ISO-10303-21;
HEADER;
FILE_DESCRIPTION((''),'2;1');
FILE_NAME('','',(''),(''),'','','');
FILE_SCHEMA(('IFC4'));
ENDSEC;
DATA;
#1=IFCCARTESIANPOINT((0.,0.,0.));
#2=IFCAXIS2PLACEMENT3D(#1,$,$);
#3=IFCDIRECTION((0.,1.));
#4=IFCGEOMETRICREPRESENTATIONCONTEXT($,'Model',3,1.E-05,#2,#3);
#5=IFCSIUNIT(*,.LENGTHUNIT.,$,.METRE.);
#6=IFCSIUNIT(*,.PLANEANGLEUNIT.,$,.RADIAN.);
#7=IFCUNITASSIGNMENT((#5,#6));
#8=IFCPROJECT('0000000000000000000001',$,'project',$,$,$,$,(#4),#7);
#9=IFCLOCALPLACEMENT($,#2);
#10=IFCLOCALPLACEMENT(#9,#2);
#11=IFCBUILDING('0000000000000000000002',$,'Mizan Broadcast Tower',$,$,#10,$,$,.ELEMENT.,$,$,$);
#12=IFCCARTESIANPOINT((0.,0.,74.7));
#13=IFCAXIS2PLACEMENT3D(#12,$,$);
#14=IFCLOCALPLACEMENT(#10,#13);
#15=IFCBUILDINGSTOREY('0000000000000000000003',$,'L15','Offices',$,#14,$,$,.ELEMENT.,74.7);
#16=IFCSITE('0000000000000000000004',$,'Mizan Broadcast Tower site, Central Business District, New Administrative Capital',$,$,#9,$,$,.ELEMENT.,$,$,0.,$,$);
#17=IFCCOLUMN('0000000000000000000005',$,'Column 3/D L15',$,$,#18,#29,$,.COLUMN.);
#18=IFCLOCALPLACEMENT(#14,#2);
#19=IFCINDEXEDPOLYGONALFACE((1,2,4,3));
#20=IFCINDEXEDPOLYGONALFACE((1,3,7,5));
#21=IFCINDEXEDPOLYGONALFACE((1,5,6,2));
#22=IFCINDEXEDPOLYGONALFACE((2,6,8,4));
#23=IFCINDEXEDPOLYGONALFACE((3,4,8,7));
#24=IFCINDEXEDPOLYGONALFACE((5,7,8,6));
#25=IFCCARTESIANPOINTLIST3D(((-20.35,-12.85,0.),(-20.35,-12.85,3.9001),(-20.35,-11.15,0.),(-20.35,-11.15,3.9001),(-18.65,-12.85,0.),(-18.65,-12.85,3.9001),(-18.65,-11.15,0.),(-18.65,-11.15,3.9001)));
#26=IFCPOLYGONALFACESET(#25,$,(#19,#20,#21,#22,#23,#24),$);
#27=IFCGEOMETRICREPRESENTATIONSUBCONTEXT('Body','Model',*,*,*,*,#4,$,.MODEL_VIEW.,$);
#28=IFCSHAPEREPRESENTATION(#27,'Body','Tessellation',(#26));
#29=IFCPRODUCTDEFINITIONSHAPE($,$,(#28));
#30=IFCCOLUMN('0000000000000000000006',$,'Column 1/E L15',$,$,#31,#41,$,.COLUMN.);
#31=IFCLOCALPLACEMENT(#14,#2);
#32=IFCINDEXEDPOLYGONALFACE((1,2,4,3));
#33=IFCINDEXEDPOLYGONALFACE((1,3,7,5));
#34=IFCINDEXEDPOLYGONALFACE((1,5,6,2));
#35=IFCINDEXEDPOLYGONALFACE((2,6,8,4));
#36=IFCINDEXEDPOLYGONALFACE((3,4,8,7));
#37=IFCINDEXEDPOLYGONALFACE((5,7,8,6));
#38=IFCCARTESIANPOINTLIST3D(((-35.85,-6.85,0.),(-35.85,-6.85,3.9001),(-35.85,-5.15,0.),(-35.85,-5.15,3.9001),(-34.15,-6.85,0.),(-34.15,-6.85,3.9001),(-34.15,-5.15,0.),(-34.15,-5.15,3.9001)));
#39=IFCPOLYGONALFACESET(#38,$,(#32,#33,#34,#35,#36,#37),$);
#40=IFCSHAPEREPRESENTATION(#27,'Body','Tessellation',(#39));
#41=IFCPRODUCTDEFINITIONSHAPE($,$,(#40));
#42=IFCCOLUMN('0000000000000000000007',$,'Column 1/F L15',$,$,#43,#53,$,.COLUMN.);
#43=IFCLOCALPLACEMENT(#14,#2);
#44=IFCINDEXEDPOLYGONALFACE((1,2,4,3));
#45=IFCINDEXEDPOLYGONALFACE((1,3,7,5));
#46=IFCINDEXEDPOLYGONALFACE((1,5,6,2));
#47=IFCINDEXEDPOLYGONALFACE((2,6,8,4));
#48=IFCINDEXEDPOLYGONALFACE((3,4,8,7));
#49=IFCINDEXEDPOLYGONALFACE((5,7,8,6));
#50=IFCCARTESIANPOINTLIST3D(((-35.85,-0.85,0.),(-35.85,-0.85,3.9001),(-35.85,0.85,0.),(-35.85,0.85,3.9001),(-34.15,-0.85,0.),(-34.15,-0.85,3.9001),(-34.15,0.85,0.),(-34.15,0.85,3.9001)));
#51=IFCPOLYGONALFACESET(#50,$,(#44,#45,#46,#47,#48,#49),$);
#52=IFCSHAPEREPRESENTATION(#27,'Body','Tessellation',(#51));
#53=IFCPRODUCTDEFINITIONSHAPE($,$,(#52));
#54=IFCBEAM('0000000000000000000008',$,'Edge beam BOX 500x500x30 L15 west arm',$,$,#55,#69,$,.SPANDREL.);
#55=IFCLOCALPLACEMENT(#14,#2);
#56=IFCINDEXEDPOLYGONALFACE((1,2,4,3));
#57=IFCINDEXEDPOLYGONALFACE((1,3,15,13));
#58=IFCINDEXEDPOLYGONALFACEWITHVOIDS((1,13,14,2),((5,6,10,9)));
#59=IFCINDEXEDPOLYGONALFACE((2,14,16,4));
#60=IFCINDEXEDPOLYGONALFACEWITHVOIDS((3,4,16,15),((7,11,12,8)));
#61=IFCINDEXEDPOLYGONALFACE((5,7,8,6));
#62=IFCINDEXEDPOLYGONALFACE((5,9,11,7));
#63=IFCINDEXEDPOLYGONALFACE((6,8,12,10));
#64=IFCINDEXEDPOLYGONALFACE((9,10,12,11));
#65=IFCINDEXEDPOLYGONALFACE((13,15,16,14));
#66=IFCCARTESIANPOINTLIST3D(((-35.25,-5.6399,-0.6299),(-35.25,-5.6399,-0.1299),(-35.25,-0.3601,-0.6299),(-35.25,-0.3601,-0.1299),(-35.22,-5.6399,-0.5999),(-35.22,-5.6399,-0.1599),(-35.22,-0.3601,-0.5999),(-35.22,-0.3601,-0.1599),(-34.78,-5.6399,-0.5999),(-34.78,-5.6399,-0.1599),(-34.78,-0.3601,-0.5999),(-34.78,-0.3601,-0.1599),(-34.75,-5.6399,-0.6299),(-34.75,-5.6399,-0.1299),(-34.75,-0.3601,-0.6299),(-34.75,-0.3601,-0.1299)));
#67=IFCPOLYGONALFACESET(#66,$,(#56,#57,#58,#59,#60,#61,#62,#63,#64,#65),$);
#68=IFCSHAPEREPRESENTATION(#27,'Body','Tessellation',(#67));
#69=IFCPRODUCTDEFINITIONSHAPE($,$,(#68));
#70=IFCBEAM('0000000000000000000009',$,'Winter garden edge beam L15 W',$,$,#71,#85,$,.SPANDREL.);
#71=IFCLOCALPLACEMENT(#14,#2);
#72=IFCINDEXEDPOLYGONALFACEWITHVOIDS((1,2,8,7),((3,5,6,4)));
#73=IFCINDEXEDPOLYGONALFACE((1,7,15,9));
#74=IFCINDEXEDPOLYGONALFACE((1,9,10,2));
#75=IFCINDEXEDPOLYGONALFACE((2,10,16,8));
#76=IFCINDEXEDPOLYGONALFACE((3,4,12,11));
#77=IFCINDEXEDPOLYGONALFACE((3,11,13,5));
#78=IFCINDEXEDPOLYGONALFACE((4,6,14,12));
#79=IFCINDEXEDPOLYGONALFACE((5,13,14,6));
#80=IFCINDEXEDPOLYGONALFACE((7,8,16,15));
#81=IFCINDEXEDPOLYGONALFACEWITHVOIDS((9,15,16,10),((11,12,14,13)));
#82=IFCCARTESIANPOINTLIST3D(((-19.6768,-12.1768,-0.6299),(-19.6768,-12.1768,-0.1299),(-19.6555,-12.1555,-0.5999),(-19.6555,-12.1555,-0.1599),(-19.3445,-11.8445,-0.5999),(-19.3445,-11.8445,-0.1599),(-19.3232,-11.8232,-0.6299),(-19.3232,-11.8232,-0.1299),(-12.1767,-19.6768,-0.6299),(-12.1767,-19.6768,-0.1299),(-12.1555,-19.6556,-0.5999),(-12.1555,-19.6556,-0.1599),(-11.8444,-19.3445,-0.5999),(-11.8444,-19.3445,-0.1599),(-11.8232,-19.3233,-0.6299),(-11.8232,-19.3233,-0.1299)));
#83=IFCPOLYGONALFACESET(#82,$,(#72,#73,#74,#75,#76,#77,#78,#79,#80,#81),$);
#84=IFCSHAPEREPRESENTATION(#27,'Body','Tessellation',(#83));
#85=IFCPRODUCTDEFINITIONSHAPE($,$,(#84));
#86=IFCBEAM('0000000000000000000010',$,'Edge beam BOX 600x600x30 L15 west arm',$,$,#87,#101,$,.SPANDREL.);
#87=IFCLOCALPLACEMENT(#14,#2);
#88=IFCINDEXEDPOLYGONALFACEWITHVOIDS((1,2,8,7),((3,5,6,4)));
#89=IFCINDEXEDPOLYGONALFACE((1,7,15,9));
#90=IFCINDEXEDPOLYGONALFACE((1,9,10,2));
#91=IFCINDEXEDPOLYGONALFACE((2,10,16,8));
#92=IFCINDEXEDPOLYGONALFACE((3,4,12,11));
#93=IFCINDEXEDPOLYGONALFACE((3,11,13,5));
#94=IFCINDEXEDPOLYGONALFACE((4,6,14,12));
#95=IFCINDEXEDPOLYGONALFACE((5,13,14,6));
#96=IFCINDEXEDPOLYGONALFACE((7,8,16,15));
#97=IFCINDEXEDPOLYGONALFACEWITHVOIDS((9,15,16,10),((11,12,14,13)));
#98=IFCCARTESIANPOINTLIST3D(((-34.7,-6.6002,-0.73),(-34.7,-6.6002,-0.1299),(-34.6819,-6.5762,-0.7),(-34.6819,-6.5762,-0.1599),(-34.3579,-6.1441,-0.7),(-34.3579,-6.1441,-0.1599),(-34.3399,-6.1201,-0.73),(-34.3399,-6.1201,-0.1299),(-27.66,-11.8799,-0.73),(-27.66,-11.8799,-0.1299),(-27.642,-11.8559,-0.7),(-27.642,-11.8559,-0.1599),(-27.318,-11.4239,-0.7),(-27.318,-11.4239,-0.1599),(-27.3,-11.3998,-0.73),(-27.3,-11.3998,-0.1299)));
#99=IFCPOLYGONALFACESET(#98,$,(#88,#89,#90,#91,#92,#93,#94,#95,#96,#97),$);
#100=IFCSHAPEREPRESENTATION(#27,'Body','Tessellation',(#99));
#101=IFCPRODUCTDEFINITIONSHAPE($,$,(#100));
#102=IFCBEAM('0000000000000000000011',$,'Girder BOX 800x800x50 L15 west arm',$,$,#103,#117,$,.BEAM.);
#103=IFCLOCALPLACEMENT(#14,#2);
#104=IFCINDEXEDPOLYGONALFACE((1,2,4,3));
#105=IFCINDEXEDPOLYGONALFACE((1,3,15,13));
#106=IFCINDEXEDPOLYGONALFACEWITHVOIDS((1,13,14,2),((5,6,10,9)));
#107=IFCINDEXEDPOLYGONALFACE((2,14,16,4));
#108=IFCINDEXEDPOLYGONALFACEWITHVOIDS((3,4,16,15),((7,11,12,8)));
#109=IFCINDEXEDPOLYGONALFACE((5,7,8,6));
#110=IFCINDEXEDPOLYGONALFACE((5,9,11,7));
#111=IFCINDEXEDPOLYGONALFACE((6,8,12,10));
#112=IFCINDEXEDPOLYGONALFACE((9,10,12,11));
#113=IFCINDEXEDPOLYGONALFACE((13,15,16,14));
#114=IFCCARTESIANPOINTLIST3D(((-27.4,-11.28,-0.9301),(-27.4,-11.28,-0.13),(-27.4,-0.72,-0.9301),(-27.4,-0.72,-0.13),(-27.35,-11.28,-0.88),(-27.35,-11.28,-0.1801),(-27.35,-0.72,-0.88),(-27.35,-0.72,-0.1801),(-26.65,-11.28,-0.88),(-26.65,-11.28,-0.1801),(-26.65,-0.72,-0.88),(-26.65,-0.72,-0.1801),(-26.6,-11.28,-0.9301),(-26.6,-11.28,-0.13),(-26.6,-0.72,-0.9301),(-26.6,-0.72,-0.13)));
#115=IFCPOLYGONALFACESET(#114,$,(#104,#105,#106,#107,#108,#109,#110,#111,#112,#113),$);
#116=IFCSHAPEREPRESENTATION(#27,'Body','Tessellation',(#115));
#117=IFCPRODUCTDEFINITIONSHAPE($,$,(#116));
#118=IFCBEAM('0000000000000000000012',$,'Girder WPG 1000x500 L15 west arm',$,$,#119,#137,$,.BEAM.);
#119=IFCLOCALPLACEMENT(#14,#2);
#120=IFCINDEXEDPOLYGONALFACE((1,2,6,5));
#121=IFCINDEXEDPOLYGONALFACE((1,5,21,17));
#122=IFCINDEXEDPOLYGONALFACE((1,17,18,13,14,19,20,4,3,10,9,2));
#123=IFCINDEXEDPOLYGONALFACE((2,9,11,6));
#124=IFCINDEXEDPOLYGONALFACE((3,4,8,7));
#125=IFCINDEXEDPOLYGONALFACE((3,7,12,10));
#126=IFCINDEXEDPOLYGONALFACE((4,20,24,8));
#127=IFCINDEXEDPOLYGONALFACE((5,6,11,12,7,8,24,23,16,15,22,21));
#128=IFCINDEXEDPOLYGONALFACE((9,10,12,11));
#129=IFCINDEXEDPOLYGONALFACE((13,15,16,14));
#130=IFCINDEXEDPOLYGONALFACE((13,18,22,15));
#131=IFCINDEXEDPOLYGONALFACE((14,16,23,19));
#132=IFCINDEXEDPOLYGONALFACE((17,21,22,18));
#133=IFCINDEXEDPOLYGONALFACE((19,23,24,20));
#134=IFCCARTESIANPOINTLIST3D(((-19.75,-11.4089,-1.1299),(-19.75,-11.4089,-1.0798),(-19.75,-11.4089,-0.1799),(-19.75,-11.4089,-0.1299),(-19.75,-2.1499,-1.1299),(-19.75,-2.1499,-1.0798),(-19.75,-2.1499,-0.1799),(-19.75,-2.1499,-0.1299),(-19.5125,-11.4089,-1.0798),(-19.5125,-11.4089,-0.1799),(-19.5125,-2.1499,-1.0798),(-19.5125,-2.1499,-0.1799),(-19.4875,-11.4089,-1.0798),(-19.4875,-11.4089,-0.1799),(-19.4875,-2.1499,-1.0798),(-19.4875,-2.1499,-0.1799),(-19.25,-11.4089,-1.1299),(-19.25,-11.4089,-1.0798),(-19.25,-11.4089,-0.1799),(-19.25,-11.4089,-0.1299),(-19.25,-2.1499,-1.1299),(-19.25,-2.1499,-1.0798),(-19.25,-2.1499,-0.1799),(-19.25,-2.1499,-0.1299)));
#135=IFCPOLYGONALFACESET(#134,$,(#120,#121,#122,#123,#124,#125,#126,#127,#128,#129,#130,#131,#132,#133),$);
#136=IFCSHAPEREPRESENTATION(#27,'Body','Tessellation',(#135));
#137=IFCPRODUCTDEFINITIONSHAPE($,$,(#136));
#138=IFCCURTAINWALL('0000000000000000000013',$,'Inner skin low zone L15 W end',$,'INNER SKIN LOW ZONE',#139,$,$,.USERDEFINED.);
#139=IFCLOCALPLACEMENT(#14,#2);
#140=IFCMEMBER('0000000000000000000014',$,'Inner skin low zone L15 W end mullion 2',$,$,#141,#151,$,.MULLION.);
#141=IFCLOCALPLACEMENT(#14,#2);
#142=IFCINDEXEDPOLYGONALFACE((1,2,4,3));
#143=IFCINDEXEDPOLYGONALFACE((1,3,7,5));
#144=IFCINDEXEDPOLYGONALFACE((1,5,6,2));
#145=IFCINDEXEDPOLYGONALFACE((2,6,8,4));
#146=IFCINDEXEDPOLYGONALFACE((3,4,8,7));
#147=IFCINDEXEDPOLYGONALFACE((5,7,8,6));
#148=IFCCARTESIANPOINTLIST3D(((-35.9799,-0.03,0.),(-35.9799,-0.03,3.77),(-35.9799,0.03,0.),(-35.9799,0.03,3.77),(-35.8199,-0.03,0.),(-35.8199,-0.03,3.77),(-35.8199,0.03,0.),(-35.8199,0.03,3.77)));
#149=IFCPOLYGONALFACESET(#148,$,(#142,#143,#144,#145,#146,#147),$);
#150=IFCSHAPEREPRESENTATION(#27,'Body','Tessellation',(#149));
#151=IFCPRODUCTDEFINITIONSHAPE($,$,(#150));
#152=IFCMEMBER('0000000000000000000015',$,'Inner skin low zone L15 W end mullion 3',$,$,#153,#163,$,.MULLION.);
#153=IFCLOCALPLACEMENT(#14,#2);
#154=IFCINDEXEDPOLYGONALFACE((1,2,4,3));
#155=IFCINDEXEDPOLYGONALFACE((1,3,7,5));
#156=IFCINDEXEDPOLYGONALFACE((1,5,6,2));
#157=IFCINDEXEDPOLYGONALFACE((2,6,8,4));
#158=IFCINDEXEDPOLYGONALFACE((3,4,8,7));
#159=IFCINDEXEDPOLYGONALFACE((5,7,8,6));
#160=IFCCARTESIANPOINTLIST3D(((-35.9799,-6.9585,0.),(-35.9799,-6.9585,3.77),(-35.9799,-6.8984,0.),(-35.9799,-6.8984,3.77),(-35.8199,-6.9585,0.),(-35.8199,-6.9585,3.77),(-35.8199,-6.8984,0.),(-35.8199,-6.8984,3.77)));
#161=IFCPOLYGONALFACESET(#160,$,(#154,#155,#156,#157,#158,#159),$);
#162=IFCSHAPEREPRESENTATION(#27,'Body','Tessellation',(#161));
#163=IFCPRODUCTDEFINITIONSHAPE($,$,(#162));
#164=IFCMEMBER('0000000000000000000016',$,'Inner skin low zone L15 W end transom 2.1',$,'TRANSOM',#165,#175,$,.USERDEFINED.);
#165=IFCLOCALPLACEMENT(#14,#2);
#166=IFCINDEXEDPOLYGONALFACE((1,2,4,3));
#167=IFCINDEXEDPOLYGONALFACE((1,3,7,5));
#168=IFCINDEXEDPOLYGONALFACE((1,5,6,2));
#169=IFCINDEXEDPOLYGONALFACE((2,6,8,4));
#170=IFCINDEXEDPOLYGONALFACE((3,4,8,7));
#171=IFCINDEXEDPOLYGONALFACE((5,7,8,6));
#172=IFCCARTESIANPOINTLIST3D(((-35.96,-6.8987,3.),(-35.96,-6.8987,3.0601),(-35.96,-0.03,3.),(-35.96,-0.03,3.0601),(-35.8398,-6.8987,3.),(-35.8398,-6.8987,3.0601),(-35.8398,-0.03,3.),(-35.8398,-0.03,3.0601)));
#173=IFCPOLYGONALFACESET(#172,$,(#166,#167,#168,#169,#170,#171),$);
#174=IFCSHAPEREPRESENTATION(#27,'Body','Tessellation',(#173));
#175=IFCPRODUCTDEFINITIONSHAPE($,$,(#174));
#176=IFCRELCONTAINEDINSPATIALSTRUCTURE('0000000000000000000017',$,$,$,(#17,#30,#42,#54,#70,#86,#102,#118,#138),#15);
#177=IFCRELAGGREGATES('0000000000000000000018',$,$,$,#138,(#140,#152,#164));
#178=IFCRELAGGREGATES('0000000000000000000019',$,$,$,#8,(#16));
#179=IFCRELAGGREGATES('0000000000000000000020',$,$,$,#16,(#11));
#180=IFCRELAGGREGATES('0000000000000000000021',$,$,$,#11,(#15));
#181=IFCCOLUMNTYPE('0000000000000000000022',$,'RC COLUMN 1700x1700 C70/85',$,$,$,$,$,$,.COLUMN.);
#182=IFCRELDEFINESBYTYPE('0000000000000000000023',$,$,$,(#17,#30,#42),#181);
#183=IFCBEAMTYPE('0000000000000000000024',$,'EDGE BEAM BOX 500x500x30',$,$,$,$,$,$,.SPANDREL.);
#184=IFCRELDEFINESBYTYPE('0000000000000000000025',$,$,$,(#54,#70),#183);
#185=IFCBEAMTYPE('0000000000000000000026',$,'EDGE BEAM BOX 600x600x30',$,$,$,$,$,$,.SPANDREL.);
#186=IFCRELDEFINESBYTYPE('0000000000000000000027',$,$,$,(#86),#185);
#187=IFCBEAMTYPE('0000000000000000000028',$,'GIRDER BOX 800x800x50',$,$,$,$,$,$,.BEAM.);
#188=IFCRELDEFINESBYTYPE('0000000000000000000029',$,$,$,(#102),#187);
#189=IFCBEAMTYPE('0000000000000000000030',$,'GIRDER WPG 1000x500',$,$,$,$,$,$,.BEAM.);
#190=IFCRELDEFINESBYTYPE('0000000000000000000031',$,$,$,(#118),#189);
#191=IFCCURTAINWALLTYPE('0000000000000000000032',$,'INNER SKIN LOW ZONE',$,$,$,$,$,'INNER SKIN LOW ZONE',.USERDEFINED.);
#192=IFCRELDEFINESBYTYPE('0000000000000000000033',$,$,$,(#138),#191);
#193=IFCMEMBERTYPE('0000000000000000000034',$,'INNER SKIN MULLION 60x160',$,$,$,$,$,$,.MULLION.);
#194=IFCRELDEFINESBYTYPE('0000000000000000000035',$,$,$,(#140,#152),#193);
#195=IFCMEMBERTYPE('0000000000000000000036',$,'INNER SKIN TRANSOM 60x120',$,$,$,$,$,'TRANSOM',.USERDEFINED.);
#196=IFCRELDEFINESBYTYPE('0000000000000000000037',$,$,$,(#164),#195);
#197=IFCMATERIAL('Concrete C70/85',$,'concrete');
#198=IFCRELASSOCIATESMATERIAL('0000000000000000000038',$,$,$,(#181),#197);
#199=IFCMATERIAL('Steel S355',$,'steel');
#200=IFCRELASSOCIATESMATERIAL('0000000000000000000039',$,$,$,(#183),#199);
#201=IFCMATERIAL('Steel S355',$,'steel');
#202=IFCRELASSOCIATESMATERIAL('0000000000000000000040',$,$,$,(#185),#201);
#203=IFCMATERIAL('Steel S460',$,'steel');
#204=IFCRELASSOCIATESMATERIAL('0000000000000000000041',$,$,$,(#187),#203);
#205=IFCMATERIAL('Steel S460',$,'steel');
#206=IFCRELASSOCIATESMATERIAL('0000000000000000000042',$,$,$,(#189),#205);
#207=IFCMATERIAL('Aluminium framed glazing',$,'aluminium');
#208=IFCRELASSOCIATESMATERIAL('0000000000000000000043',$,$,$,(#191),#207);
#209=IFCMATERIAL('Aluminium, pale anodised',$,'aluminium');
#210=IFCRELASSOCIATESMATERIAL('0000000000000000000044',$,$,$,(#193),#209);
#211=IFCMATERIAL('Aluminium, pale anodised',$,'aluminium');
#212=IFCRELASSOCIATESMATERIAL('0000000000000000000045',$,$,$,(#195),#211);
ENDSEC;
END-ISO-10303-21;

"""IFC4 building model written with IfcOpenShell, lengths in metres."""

from ifc_helpers import new_model, si_unit, direction, frame, origin, origin_2d, place, context, subcontext, project, spatial, rectangle, hollow_rectangle, i_section, extrude, material, material_profile, profile_set, type_object, element, aggregate, save


model = new_model("IFC4")

# Units and contexts
model_context = context("Model", 3, precision=1e-05, world=origin(), true_north=direction((0.0, 1.0)))
body_context = subcontext(model_context, "Body", "Model", "MODEL_VIEW")
ifc_project = project(units=[si_unit("LENGTHUNIT", "METRE"), si_unit("PLANEANGLEUNIT", "RADIAN")], contexts=[model_context])

# Site, building, storey
site_placement = place(None, origin())
site = spatial("IfcSite", under=ifc_project, at=site_placement, Name="Mizan Broadcast Tower site, Central Business District, New Administrative Capital", CompositionType="ELEMENT", RefElevation=0.0)
building_placement = place(site_placement, origin())
building = spatial("IfcBuilding", under=site, at=building_placement, Name="Mizan Broadcast Tower", CompositionType="ELEMENT")
storey_placement = place(building_placement, frame((0.0, 0.0, 74.7)))
storey = spatial("IfcBuildingStorey", under=building, at=storey_placement, Name="L15", Description="Offices", CompositionType="ELEMENT", Elevation=74.7)

# Columns
ifc_material_1 = material(Name="Concrete C70/85", Category="concrete")
ifc_material_profile_1 = material_profile(ifc_material_1, rectangle(XDim=1.7, YDim=1.7, at=origin_2d()), Name="RC 1700x1700")
ifc_profile_set_1 = profile_set([ifc_material_profile_1], Name="Concrete C70/85")
column_type = type_object("IfcColumnType", Name="RC COLUMN 1700x1700 C70/85", PredefinedType="COLUMN", material=ifc_profile_set_1)
for number, where, z_axis, x_axis, name in (
    (1, (-19.5, -12.0, 0.0), (0.0, 0.0, 1.0), (1.0, 0.0, 0.0), "Column 3/D L15"),
    (2, (-35.0, -6.0, 0.0), (0.0, 0.0, 1.0), (1.0, 0.0, 0.0), "Column 1/E L15"),
    (3, (-35.0, 0.0, 0.0), (0.0, 0.0, 1.0), (1.0, 0.0, 0.0), "Column 1/F L15"),
):
    element("IfcColumn", number, at=place(storey_placement, frame(where, z_axis=z_axis, x_axis=x_axis)), inside=storey, type_object=column_type, Name=name, PredefinedType="COLUMN", context=body_context, shape_type="SweptSolid", body=[
        extrude(rectangle(XDim=1.7, YDim=1.7, at=origin_2d()), origin(), (0.0, 0.0, 1.0), 3.9001),
    ])

# Beams
ifc_material_2 = material(Name="Steel S355", Category="steel")
ifc_material_profile_2 = material_profile(ifc_material_2, hollow_rectangle(XDim=0.5, YDim=0.5, WallThickness=0.03, at=origin_2d()), Name="BOX 500x500x30")
ifc_profile_set_2 = profile_set([ifc_material_profile_2], Name="Steel S355")
beam_type_1 = type_object("IfcBeamType", Name="EDGE BEAM BOX 500x500x30", PredefinedType="SPANDREL", material=ifc_profile_set_2)
beam_1_placement = place(storey_placement, frame((-35.0, -5.6399, -0.3799), z_axis=(0.0, 1.0, 0.0), x_axis=(-1.0, 0.0, 0.0)))
element("IfcBeam", 4, at=beam_1_placement, inside=storey, type_object=beam_type_1, Name="Edge beam BOX 500x500x30 L15 west arm", PredefinedType="SPANDREL", context=body_context, shape_type="SweptSolid", body=[
    extrude(hollow_rectangle(XDim=0.5, YDim=0.5, WallThickness=0.03, at=origin_2d()), origin(), (0.0, 0.0, 1.0), 5.2798),
])
beam_2_placement = place(storey_placement, frame((-19.5, -12.0, -0.3799), z_axis=(0.707107, -0.707107, 0.0), x_axis=(0.707107, 0.707107, 0.0)))
element("IfcBeam", 5, at=beam_2_placement, inside=storey, type_object=beam_type_1, Name="Winter garden edge beam L15 W", PredefinedType="SPANDREL", context=body_context, shape_type="SweptSolid", body=[
    extrude(hollow_rectangle(XDim=0.5, YDim=0.5, WallThickness=0.03, at=origin_2d()), origin(), (0.0, 0.0, 1.0), 10.6067),
])
ifc_material_3 = material(Name="Steel S355", Category="steel")
ifc_material_profile_3 = material_profile(ifc_material_3, hollow_rectangle(XDim=0.6001, YDim=0.6001, WallThickness=0.03, at=origin_2d()), Name="BOX 600x600x30")
ifc_profile_set_3 = profile_set([ifc_material_profile_3], Name="Steel S355")
beam_type_2 = type_object("IfcBeamType", Name="EDGE BEAM BOX 600x600x30", PredefinedType="SPANDREL", material=ifc_profile_set_3)
beam_3_placement = place(storey_placement, frame((-27.48, -11.6399, -0.4299), z_axis=(-0.800013, 0.599982, 0.0), x_axis=(-0.599982, -0.800013, 0.0)))
element("IfcBeam", 6, at=beam_3_placement, inside=storey, type_object=beam_type_2, Name="Edge beam BOX 600x600x30 L15 west arm", PredefinedType="SPANDREL", context=body_context, shape_type="SweptSolid", body=[
    extrude(hollow_rectangle(XDim=0.6001, YDim=0.6001, WallThickness=0.03, at=origin_2d()), origin(), (0.0, 0.0, 1.0), 8.7998),
])
ifc_material_4 = material(Name="Steel S460", Category="steel")
ifc_material_profile_4 = material_profile(ifc_material_4, hollow_rectangle(XDim=0.8, YDim=0.8, WallThickness=0.05, at=origin_2d()), Name="BOX 800x800x50")
ifc_profile_set_4 = profile_set([ifc_material_profile_4], Name="Steel S460")
beam_type_3 = type_object("IfcBeamType", Name="GIRDER BOX 800x800x50", PredefinedType="BEAM", material=ifc_profile_set_4)
beam_4_placement = place(storey_placement, frame((-27.0, -11.28, -0.53), z_axis=(0.0, 1.0, 0.0), x_axis=(-1.0, 0.0, 0.0)))
element("IfcBeam", 7, at=beam_4_placement, inside=storey, type_object=beam_type_3, Name="Girder BOX 800x800x50 L15 west arm", PredefinedType="BEAM", context=body_context, shape_type="SweptSolid", body=[
    extrude(hollow_rectangle(XDim=0.8, YDim=0.8, WallThickness=0.05, at=origin_2d()), origin(), (0.0, 0.0, 1.0), 10.5601),
])
ifc_material_5 = material(Name="Steel S460", Category="steel")
ifc_material_profile_5 = material_profile(ifc_material_5, i_section(OverallWidth=0.5, OverallDepth=1.0, WebThickness=0.0249, FlangeThickness=0.05, at=origin_2d()), Name="WPG 1000x500")
ifc_profile_set_5 = profile_set([ifc_material_profile_5], Name="Steel S460")
beam_type_4 = type_object("IfcBeamType", Name="GIRDER WPG 1000x500", PredefinedType="BEAM", material=ifc_profile_set_5)
beam_5_placement = place(storey_placement, frame((-19.5, -11.4089, -0.6299), z_axis=(0.0, 1.0, 0.0), x_axis=(-1.0, 0.0, 0.0)))
element("IfcBeam", 8, at=beam_5_placement, inside=storey, type_object=beam_type_4, Name="Girder WPG 1000x500 L15 west arm", PredefinedType="BEAM", context=body_context, shape_type="SweptSolid", body=[
    extrude(i_section(OverallWidth=0.5, OverallDepth=1.0, WebThickness=0.0249, FlangeThickness=0.05, at=origin_2d()), origin(), (0.0, 0.0, 1.0), 9.259),
])

# Curtain wall, members
ifc_material_6 = material(Name="Aluminium framed glazing", Category="aluminium")
curtain_wall_type_1 = type_object("IfcCurtainWallType", Name="INNER SKIN LOW ZONE", ElementType="INNER SKIN LOW ZONE", PredefinedType="USERDEFINED", material=ifc_material_6)
curtain_wall_1_placement = place(storey_placement, origin())
curtain_wall_1 = element("IfcCurtainWall", 9, at=curtain_wall_1_placement, inside=storey, type_object=curtain_wall_type_1, Name="Inner skin low zone L15 W end", ObjectType="INNER SKIN LOW ZONE", PredefinedType="USERDEFINED")
ifc_material_7 = material(Name="Aluminium, pale anodised", Category="aluminium")
ifc_material_profile_6 = material_profile(ifc_material_7, rectangle(XDim=0.1599, YDim=0.0601, at=origin_2d()), Name="MULLION 160x60")
ifc_profile_set_6 = profile_set([ifc_material_profile_6], Name="Aluminium, pale anodised")
member_type_1 = type_object("IfcMemberType", Name="INNER SKIN MULLION 60x160", PredefinedType="MULLION", material=ifc_profile_set_6)
member_1_placement = place(storey_placement, frame((-35.8999, 0.0, 0.0), z_axis=(0.0, 0.0, 1.0), x_axis=(1.0, 0.0, 0.0)))
member_1 = element("IfcMember", 10, at=member_1_placement, type_object=member_type_1, Name="Inner skin low zone L15 W end mullion 2", PredefinedType="MULLION", context=body_context, shape_type="SweptSolid", body=[
    extrude(rectangle(XDim=0.1599, YDim=0.0601, at=origin_2d()), origin(), (0.0, 0.0, 1.0), 3.77),
])
member_2_placement = place(storey_placement, frame((-35.8999, -6.9285, 0.0), z_axis=(0.0, 0.0, 1.0), x_axis=(1.0, 0.0, 0.0)))
member_2 = element("IfcMember", 11, at=member_2_placement, type_object=member_type_1, Name="Inner skin low zone L15 W end mullion 3", PredefinedType="MULLION", context=body_context, shape_type="SweptSolid", body=[
    extrude(rectangle(XDim=0.1599, YDim=0.0601, at=origin_2d()), origin(), (0.0, 0.0, 1.0), 3.77),
])
ifc_material_8 = material(Name="Aluminium, pale anodised", Category="aluminium")
ifc_material_profile_7 = material_profile(ifc_material_8, rectangle(XDim=0.1201, YDim=0.0601, at=origin_2d()), Name="TRANSOM 120x60")
ifc_profile_set_7 = profile_set([ifc_material_profile_7], Name="Aluminium, pale anodised")
member_type_2 = type_object("IfcMemberType", Name="INNER SKIN TRANSOM 60x120", ElementType="TRANSOM", PredefinedType="USERDEFINED", material=ifc_profile_set_7)
member_3_placement = place(storey_placement, frame((-35.8999, -0.03, 3.03), z_axis=(0.0, -1.0, 0.0), x_axis=(1.0, 0.0, 0.0)))
member_3 = element("IfcMember", 12, at=member_3_placement, type_object=member_type_2, Name="Inner skin low zone L15 W end transom 2.1", ObjectType="TRANSOM", PredefinedType="USERDEFINED", context=body_context, shape_type="SweptSolid", body=[
    extrude(rectangle(XDim=0.1201, YDim=0.0601, at=origin_2d()), origin(), (0.0, 0.0, 1.0), 6.8687),
])

aggregate(curtain_wall_1, [member_1, member_2, member_3])

save(model, "model.ifc")
